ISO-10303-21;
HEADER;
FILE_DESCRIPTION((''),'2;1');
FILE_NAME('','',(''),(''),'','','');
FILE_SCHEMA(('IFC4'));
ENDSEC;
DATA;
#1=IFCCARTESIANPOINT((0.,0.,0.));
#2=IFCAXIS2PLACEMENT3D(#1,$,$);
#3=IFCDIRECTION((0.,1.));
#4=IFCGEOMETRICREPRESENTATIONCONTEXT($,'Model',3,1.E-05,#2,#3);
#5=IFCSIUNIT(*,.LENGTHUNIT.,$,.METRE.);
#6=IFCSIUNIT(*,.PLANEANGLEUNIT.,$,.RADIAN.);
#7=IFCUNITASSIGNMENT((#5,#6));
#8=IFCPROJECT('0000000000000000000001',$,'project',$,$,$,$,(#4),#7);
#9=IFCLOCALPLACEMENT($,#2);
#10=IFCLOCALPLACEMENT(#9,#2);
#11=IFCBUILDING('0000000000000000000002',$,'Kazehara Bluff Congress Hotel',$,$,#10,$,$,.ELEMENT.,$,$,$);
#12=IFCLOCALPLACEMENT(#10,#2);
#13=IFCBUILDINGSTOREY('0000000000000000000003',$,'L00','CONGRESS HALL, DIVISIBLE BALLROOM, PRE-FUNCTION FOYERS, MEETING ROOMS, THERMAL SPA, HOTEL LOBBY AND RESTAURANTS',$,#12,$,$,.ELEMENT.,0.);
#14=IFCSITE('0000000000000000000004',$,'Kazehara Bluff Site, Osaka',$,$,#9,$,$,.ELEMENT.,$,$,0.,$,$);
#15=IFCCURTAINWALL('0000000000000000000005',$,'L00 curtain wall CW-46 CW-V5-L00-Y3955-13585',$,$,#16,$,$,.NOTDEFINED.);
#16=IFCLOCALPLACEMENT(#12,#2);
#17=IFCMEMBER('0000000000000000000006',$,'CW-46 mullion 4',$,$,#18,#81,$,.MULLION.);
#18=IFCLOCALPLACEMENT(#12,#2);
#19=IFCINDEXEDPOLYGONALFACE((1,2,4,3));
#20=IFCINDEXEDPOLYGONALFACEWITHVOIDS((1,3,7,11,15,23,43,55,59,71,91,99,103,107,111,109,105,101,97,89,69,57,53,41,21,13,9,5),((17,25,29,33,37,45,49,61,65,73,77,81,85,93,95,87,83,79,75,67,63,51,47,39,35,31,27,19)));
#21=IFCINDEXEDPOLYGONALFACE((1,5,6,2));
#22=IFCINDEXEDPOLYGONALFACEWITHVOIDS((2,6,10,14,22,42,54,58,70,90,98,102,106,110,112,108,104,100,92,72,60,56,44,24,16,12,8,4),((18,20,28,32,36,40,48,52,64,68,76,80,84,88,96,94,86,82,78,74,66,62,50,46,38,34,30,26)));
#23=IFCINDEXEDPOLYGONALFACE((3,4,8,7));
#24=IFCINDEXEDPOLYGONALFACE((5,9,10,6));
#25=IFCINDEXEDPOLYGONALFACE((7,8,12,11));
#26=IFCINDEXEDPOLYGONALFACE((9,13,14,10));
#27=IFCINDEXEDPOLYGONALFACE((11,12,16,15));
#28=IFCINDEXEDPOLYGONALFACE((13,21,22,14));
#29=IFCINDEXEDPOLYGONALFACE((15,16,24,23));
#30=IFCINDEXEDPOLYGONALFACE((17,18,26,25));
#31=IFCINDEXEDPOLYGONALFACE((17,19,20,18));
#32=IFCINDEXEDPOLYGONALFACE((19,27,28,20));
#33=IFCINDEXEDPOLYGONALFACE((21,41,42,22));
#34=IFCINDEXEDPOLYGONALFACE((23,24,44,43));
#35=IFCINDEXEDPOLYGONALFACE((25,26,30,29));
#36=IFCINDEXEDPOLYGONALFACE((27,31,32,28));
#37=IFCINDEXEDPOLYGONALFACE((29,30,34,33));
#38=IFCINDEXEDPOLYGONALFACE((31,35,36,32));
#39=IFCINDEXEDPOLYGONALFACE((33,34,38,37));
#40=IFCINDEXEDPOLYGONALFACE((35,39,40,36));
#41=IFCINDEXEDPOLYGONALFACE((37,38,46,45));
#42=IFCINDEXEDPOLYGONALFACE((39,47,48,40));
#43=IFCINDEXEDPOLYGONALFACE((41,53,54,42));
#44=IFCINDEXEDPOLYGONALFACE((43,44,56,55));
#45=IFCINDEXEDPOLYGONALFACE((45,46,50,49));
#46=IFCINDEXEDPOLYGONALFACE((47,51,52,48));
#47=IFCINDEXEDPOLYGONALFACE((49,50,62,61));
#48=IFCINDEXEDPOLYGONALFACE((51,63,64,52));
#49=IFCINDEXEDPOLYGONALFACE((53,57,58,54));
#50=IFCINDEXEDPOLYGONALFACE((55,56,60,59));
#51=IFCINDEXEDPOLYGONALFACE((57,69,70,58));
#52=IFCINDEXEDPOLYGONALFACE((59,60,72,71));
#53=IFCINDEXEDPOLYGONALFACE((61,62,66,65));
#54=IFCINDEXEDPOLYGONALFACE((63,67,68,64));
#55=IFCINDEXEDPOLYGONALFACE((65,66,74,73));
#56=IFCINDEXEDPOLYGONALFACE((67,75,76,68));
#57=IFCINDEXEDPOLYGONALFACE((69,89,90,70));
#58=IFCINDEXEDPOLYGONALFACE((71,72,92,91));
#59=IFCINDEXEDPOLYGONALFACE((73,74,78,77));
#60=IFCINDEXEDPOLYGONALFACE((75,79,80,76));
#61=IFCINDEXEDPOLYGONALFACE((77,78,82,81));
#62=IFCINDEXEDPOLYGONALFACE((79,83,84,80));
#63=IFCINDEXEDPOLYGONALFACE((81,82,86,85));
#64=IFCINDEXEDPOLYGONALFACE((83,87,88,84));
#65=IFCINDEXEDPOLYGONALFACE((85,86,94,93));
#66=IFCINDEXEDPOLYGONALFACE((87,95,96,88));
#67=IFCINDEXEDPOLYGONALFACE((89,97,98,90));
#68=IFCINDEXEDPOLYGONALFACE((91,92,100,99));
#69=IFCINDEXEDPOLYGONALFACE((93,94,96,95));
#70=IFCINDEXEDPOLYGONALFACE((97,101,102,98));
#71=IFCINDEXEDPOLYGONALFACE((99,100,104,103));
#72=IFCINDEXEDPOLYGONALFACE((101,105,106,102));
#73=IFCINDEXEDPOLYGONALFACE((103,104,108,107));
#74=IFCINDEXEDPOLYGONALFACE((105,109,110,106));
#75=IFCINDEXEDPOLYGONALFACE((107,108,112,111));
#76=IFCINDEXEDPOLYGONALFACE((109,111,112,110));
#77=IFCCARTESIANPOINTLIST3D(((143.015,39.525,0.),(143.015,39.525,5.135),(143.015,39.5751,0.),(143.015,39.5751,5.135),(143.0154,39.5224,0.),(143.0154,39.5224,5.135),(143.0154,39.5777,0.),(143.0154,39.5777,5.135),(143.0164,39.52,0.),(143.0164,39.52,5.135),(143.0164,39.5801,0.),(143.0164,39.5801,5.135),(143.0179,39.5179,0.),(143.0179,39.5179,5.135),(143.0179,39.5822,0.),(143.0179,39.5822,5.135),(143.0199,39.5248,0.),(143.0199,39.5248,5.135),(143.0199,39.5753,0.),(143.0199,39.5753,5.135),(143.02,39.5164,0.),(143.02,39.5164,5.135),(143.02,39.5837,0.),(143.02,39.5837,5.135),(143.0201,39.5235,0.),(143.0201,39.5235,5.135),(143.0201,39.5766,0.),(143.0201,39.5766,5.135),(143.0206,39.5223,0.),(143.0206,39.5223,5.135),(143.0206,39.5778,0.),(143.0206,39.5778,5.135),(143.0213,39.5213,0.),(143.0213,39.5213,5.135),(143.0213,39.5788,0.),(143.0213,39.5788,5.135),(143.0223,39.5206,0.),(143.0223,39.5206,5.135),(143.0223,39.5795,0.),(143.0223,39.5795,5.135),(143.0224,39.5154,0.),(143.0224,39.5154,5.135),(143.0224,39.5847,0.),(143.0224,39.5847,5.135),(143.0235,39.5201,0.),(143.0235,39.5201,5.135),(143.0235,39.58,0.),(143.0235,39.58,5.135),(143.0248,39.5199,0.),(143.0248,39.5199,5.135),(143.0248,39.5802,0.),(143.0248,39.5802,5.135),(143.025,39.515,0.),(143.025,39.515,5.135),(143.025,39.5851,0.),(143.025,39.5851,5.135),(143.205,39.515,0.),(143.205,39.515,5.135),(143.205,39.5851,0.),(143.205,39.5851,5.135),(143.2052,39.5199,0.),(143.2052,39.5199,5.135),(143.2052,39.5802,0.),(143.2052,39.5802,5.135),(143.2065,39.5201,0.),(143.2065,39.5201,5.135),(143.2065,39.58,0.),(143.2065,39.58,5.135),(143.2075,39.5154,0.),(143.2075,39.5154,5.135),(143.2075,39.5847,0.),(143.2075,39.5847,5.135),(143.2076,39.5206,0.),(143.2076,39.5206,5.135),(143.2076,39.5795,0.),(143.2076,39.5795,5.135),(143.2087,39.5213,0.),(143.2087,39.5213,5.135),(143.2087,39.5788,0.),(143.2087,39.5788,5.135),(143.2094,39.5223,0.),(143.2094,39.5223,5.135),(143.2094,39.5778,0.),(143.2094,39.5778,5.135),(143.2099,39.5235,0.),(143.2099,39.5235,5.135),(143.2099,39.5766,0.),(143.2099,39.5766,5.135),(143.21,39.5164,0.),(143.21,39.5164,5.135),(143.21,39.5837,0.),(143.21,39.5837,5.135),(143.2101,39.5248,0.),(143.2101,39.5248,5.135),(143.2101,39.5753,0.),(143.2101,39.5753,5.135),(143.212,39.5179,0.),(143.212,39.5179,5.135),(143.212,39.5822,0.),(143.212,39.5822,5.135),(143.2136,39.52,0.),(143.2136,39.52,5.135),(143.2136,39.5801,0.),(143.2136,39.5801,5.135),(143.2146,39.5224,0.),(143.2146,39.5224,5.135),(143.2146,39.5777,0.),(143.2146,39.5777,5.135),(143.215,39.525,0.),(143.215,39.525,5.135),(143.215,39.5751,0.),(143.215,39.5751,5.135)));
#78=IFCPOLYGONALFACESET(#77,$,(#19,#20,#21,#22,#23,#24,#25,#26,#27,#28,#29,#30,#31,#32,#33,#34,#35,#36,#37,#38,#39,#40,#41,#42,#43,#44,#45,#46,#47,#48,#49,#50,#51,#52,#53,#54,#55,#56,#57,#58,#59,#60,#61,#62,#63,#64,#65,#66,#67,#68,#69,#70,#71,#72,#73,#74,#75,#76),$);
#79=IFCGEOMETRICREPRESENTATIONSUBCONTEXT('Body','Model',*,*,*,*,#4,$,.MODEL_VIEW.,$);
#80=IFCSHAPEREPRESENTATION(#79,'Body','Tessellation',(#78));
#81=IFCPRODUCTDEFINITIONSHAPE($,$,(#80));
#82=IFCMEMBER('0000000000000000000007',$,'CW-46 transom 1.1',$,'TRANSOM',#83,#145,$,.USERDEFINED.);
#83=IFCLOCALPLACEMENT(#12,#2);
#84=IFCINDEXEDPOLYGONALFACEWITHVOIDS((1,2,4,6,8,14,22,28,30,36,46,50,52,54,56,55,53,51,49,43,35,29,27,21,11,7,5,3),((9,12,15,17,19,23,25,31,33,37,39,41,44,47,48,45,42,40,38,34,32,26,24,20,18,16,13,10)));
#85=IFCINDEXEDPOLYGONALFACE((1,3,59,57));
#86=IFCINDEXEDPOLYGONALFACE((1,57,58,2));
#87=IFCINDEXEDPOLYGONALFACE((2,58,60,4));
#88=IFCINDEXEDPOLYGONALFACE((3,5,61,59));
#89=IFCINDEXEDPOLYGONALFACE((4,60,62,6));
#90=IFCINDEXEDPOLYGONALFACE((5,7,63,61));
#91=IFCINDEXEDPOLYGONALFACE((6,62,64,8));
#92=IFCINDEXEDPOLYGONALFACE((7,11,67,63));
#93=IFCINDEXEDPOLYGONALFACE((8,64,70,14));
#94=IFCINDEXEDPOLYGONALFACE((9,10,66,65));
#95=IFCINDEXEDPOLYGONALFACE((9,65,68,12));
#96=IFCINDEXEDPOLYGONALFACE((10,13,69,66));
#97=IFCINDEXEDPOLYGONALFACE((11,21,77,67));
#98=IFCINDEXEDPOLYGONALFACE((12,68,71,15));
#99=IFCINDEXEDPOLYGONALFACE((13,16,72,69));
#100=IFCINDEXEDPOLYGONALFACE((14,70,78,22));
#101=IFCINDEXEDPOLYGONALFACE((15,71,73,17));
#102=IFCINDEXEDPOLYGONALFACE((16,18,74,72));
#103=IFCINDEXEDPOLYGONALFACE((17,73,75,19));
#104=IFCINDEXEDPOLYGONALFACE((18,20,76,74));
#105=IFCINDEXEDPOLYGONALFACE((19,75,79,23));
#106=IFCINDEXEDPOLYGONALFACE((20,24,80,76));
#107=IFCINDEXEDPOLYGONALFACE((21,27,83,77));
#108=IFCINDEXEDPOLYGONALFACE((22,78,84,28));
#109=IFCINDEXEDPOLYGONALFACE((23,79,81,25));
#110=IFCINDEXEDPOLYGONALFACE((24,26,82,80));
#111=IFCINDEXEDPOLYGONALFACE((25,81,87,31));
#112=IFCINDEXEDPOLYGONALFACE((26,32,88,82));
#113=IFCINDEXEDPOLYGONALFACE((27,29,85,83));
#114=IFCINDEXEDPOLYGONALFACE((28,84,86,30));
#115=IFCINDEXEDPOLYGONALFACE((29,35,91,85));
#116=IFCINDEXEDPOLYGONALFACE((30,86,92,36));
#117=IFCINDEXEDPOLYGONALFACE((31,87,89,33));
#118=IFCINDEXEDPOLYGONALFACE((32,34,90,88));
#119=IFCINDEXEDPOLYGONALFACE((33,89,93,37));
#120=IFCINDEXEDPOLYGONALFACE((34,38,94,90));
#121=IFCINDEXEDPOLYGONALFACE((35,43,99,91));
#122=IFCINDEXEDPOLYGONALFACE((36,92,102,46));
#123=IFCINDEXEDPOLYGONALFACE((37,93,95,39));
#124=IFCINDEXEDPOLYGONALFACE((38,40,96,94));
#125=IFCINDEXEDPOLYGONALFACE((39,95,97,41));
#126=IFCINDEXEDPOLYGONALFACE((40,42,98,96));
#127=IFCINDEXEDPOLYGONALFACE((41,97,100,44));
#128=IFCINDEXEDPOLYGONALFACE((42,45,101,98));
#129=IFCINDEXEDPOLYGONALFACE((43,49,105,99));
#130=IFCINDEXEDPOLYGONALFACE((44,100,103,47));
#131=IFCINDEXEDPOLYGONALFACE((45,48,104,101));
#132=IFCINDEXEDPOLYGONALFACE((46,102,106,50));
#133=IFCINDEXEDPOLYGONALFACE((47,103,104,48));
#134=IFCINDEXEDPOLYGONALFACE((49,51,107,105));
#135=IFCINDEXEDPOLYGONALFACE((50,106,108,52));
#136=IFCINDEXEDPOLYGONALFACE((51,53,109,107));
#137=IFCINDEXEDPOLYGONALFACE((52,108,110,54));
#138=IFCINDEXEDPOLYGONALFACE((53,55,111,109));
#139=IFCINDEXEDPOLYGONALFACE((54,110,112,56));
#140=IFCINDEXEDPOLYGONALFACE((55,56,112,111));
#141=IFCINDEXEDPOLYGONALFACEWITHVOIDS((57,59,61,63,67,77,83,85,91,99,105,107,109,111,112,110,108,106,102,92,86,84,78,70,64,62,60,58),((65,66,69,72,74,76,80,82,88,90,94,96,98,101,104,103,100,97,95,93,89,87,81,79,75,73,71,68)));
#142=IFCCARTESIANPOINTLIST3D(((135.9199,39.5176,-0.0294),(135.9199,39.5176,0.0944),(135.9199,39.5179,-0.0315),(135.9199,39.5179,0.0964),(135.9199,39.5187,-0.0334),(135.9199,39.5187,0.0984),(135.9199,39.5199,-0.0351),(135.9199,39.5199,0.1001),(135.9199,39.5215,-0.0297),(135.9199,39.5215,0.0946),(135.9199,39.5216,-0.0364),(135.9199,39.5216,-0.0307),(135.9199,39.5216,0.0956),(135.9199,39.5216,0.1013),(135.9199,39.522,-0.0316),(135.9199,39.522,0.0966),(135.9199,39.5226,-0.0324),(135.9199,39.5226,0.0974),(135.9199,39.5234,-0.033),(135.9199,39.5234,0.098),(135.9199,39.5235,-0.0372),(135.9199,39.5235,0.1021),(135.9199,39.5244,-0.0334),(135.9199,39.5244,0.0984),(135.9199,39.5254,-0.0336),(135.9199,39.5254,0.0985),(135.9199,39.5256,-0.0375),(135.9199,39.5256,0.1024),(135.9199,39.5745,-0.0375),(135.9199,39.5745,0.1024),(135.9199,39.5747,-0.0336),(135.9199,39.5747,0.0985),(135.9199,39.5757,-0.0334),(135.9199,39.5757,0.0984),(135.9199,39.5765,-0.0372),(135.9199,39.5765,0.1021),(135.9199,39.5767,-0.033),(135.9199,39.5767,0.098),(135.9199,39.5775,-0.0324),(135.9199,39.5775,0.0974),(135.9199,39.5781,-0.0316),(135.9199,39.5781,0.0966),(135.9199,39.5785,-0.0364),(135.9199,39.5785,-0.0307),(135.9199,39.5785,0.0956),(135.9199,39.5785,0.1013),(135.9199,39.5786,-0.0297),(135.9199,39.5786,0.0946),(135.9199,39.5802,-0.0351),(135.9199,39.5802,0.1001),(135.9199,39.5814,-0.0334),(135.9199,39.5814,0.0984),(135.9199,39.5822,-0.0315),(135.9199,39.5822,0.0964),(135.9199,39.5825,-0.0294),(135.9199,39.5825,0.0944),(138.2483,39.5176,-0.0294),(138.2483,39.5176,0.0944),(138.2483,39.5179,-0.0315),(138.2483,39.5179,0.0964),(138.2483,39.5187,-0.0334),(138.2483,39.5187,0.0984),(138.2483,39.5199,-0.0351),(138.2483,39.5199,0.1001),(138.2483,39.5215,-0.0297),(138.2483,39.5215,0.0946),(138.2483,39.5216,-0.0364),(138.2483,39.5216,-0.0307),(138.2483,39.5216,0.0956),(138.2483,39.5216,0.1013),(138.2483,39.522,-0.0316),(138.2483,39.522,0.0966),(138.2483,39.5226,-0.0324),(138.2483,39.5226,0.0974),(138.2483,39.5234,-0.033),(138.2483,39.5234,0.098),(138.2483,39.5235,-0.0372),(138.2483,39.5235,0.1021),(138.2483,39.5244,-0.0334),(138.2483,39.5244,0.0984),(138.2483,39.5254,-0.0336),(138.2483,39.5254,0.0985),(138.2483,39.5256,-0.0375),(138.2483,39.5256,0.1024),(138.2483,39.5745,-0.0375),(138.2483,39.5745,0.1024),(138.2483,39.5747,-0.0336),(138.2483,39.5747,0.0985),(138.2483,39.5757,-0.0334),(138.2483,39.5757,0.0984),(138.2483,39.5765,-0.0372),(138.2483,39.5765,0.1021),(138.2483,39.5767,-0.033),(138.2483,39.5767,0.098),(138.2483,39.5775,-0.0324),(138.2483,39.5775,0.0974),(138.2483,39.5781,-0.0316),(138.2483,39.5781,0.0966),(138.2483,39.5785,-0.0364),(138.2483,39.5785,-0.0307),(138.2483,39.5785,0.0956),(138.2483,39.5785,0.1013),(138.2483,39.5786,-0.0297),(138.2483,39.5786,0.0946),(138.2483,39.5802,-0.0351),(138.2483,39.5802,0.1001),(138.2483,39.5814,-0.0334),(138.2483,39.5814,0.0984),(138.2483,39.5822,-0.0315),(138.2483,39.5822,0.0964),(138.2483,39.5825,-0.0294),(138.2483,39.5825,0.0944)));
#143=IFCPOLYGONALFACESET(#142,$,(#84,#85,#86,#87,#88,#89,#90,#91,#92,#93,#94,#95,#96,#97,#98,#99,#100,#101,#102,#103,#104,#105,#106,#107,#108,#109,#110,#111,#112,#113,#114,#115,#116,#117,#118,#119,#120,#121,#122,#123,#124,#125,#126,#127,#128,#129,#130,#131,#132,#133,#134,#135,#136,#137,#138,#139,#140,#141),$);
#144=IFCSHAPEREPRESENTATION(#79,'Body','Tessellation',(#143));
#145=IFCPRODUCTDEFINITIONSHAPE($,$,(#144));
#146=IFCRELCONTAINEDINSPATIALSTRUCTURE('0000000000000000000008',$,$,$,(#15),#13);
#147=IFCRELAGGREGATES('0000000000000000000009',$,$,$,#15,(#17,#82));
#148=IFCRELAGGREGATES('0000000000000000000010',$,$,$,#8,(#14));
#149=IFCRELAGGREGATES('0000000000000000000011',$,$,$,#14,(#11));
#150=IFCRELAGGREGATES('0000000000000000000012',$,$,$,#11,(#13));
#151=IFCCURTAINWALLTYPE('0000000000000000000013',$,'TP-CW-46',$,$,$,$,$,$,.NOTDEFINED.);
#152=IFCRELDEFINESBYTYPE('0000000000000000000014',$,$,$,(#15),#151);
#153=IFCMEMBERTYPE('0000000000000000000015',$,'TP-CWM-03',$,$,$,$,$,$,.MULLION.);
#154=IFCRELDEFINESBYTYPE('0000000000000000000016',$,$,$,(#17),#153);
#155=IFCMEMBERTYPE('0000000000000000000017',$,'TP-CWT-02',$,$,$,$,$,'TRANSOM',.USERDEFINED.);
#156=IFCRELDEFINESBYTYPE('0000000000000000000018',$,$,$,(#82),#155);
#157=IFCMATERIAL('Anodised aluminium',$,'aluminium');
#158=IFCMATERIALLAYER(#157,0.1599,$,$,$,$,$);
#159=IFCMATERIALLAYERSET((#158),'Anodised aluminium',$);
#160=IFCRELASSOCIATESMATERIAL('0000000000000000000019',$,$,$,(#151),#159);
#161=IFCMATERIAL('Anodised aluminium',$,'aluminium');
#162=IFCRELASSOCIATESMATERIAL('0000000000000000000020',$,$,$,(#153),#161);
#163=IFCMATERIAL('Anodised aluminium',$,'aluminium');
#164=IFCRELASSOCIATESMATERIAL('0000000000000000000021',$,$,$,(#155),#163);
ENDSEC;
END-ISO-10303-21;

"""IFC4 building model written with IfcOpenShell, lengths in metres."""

from ifc_helpers import new_model, si_unit, direction, frame, origin, origin_2d, place, context, subcontext, project, spatial, hollow_rectangle, extrude, material, layer, layer_set, material_profile, profile_set, type_object, element, aggregate, save


model = new_model("IFC4")

# Units and contexts
model_context = context("Model", 3, precision=1e-05, world=origin(), true_north=direction((0.0, 1.0)))
body_context = subcontext(model_context, "Body", "Model", "MODEL_VIEW")
ifc_project = project(units=[si_unit("LENGTHUNIT", "METRE"), si_unit("PLANEANGLEUNIT", "RADIAN")], contexts=[model_context])

# Site, building, storey
site_placement = place(None, origin())
site = spatial("IfcSite", under=ifc_project, at=site_placement, Name="Kazehara Bluff Site, Osaka", CompositionType="ELEMENT", RefElevation=0.0)
building_placement = place(site_placement, origin())
building = spatial("IfcBuilding", under=site, at=building_placement, Name="Kazehara Bluff Congress Hotel", CompositionType="ELEMENT")
storey_placement = place(building_placement, origin())
storey = spatial("IfcBuildingStorey", under=building, at=storey_placement, Name="L00", Description="CONGRESS HALL, DIVISIBLE BALLROOM, PRE-FUNCTION FOYERS, MEETING ROOMS, THERMAL SPA, HOTEL LOBBY AND RESTAURANTS", CompositionType="ELEMENT", Elevation=0.0)

# Curtain wall, members
ifc_material_1 = material(Name="Anodised aluminium", Category="aluminium")
ifc_layer_1 = layer(ifc_material_1, 0.1599)
ifc_layer_set_1 = layer_set([ifc_layer_1], Name="Anodised aluminium")
curtain_wall_type = type_object("IfcCurtainWallType", Name="TP-CW-46", PredefinedType="NOTDEFINED", material=ifc_layer_set_1)
curtain_wall_placement = place(storey_placement, origin())
curtain_wall = element("IfcCurtainWall", 1, at=curtain_wall_placement, inside=storey, type_object=curtain_wall_type, Name="L00 curtain wall CW-46 CW-V5-L00-Y3955-13585", PredefinedType="NOTDEFINED")
ifc_material_2 = material(Name="Anodised aluminium", Category="aluminium")
ifc_material_profile_1 = material_profile(ifc_material_2, hollow_rectangle(XDim=0.0701, YDim=0.2, WallThickness=0.0049, InnerFilletRadius=0.0049, OuterFilletRadius=0.01, at=origin_2d()))
ifc_profile_set_1 = profile_set([ifc_material_profile_1], Name="Anodised aluminium")
member_type_1 = type_object("IfcMemberType", Name="TP-CWM-03", PredefinedType="MULLION", material=ifc_profile_set_1)
member_1_placement = place(storey_placement, frame((143.115, 39.55, 0.0), z_axis=(0.0, 0.0, 1.0), x_axis=(0.0, 1.0, 0.0)))
member_1 = element("IfcMember", 2, at=member_1_placement, type_object=member_type_1, Name="CW-46 mullion 4", PredefinedType="MULLION", context=body_context, shape_type="SweptSolid", body=[
    extrude(hollow_rectangle(XDim=0.0701, YDim=0.2, WallThickness=0.0049, InnerFilletRadius=0.0049, OuterFilletRadius=0.01, at=origin_2d()), origin(), (0.0, 0.0, 1.0), 5.135),
])
ifc_material_3 = material(Name="Anodised aluminium", Category="aluminium")
ifc_material_profile_2 = material_profile(ifc_material_3, hollow_rectangle(XDim=0.0649, YDim=0.1399, WallThickness=0.0039, InnerFilletRadius=0.0039, OuterFilletRadius=0.0081, at=origin_2d()))
ifc_profile_set_2 = profile_set([ifc_material_profile_2], Name="Anodised aluminium")
member_type_2 = type_object("IfcMemberType", Name="TP-CWT-02", ElementType="TRANSOM", PredefinedType="USERDEFINED", material=ifc_profile_set_2)
member_2_placement = place(storey_placement, frame((135.9199, 39.55, 0.0325), z_axis=(1.0, 0.0, 0.0), x_axis=(0.0, 1.0, 0.0)))
member_2 = element("IfcMember", 3, at=member_2_placement, type_object=member_type_2, Name="CW-46 transom 1.1", ObjectType="TRANSOM", PredefinedType="USERDEFINED", context=body_context, shape_type="SweptSolid", body=[
    extrude(hollow_rectangle(XDim=0.0649, YDim=0.1399, WallThickness=0.0039, InnerFilletRadius=0.0039, OuterFilletRadius=0.0081, at=origin_2d()), origin(), (0.0, 0.0, 1.0), 2.3284),
])

aggregate(curtain_wall, [member_1, member_2])

save(model, "model.ifc")
